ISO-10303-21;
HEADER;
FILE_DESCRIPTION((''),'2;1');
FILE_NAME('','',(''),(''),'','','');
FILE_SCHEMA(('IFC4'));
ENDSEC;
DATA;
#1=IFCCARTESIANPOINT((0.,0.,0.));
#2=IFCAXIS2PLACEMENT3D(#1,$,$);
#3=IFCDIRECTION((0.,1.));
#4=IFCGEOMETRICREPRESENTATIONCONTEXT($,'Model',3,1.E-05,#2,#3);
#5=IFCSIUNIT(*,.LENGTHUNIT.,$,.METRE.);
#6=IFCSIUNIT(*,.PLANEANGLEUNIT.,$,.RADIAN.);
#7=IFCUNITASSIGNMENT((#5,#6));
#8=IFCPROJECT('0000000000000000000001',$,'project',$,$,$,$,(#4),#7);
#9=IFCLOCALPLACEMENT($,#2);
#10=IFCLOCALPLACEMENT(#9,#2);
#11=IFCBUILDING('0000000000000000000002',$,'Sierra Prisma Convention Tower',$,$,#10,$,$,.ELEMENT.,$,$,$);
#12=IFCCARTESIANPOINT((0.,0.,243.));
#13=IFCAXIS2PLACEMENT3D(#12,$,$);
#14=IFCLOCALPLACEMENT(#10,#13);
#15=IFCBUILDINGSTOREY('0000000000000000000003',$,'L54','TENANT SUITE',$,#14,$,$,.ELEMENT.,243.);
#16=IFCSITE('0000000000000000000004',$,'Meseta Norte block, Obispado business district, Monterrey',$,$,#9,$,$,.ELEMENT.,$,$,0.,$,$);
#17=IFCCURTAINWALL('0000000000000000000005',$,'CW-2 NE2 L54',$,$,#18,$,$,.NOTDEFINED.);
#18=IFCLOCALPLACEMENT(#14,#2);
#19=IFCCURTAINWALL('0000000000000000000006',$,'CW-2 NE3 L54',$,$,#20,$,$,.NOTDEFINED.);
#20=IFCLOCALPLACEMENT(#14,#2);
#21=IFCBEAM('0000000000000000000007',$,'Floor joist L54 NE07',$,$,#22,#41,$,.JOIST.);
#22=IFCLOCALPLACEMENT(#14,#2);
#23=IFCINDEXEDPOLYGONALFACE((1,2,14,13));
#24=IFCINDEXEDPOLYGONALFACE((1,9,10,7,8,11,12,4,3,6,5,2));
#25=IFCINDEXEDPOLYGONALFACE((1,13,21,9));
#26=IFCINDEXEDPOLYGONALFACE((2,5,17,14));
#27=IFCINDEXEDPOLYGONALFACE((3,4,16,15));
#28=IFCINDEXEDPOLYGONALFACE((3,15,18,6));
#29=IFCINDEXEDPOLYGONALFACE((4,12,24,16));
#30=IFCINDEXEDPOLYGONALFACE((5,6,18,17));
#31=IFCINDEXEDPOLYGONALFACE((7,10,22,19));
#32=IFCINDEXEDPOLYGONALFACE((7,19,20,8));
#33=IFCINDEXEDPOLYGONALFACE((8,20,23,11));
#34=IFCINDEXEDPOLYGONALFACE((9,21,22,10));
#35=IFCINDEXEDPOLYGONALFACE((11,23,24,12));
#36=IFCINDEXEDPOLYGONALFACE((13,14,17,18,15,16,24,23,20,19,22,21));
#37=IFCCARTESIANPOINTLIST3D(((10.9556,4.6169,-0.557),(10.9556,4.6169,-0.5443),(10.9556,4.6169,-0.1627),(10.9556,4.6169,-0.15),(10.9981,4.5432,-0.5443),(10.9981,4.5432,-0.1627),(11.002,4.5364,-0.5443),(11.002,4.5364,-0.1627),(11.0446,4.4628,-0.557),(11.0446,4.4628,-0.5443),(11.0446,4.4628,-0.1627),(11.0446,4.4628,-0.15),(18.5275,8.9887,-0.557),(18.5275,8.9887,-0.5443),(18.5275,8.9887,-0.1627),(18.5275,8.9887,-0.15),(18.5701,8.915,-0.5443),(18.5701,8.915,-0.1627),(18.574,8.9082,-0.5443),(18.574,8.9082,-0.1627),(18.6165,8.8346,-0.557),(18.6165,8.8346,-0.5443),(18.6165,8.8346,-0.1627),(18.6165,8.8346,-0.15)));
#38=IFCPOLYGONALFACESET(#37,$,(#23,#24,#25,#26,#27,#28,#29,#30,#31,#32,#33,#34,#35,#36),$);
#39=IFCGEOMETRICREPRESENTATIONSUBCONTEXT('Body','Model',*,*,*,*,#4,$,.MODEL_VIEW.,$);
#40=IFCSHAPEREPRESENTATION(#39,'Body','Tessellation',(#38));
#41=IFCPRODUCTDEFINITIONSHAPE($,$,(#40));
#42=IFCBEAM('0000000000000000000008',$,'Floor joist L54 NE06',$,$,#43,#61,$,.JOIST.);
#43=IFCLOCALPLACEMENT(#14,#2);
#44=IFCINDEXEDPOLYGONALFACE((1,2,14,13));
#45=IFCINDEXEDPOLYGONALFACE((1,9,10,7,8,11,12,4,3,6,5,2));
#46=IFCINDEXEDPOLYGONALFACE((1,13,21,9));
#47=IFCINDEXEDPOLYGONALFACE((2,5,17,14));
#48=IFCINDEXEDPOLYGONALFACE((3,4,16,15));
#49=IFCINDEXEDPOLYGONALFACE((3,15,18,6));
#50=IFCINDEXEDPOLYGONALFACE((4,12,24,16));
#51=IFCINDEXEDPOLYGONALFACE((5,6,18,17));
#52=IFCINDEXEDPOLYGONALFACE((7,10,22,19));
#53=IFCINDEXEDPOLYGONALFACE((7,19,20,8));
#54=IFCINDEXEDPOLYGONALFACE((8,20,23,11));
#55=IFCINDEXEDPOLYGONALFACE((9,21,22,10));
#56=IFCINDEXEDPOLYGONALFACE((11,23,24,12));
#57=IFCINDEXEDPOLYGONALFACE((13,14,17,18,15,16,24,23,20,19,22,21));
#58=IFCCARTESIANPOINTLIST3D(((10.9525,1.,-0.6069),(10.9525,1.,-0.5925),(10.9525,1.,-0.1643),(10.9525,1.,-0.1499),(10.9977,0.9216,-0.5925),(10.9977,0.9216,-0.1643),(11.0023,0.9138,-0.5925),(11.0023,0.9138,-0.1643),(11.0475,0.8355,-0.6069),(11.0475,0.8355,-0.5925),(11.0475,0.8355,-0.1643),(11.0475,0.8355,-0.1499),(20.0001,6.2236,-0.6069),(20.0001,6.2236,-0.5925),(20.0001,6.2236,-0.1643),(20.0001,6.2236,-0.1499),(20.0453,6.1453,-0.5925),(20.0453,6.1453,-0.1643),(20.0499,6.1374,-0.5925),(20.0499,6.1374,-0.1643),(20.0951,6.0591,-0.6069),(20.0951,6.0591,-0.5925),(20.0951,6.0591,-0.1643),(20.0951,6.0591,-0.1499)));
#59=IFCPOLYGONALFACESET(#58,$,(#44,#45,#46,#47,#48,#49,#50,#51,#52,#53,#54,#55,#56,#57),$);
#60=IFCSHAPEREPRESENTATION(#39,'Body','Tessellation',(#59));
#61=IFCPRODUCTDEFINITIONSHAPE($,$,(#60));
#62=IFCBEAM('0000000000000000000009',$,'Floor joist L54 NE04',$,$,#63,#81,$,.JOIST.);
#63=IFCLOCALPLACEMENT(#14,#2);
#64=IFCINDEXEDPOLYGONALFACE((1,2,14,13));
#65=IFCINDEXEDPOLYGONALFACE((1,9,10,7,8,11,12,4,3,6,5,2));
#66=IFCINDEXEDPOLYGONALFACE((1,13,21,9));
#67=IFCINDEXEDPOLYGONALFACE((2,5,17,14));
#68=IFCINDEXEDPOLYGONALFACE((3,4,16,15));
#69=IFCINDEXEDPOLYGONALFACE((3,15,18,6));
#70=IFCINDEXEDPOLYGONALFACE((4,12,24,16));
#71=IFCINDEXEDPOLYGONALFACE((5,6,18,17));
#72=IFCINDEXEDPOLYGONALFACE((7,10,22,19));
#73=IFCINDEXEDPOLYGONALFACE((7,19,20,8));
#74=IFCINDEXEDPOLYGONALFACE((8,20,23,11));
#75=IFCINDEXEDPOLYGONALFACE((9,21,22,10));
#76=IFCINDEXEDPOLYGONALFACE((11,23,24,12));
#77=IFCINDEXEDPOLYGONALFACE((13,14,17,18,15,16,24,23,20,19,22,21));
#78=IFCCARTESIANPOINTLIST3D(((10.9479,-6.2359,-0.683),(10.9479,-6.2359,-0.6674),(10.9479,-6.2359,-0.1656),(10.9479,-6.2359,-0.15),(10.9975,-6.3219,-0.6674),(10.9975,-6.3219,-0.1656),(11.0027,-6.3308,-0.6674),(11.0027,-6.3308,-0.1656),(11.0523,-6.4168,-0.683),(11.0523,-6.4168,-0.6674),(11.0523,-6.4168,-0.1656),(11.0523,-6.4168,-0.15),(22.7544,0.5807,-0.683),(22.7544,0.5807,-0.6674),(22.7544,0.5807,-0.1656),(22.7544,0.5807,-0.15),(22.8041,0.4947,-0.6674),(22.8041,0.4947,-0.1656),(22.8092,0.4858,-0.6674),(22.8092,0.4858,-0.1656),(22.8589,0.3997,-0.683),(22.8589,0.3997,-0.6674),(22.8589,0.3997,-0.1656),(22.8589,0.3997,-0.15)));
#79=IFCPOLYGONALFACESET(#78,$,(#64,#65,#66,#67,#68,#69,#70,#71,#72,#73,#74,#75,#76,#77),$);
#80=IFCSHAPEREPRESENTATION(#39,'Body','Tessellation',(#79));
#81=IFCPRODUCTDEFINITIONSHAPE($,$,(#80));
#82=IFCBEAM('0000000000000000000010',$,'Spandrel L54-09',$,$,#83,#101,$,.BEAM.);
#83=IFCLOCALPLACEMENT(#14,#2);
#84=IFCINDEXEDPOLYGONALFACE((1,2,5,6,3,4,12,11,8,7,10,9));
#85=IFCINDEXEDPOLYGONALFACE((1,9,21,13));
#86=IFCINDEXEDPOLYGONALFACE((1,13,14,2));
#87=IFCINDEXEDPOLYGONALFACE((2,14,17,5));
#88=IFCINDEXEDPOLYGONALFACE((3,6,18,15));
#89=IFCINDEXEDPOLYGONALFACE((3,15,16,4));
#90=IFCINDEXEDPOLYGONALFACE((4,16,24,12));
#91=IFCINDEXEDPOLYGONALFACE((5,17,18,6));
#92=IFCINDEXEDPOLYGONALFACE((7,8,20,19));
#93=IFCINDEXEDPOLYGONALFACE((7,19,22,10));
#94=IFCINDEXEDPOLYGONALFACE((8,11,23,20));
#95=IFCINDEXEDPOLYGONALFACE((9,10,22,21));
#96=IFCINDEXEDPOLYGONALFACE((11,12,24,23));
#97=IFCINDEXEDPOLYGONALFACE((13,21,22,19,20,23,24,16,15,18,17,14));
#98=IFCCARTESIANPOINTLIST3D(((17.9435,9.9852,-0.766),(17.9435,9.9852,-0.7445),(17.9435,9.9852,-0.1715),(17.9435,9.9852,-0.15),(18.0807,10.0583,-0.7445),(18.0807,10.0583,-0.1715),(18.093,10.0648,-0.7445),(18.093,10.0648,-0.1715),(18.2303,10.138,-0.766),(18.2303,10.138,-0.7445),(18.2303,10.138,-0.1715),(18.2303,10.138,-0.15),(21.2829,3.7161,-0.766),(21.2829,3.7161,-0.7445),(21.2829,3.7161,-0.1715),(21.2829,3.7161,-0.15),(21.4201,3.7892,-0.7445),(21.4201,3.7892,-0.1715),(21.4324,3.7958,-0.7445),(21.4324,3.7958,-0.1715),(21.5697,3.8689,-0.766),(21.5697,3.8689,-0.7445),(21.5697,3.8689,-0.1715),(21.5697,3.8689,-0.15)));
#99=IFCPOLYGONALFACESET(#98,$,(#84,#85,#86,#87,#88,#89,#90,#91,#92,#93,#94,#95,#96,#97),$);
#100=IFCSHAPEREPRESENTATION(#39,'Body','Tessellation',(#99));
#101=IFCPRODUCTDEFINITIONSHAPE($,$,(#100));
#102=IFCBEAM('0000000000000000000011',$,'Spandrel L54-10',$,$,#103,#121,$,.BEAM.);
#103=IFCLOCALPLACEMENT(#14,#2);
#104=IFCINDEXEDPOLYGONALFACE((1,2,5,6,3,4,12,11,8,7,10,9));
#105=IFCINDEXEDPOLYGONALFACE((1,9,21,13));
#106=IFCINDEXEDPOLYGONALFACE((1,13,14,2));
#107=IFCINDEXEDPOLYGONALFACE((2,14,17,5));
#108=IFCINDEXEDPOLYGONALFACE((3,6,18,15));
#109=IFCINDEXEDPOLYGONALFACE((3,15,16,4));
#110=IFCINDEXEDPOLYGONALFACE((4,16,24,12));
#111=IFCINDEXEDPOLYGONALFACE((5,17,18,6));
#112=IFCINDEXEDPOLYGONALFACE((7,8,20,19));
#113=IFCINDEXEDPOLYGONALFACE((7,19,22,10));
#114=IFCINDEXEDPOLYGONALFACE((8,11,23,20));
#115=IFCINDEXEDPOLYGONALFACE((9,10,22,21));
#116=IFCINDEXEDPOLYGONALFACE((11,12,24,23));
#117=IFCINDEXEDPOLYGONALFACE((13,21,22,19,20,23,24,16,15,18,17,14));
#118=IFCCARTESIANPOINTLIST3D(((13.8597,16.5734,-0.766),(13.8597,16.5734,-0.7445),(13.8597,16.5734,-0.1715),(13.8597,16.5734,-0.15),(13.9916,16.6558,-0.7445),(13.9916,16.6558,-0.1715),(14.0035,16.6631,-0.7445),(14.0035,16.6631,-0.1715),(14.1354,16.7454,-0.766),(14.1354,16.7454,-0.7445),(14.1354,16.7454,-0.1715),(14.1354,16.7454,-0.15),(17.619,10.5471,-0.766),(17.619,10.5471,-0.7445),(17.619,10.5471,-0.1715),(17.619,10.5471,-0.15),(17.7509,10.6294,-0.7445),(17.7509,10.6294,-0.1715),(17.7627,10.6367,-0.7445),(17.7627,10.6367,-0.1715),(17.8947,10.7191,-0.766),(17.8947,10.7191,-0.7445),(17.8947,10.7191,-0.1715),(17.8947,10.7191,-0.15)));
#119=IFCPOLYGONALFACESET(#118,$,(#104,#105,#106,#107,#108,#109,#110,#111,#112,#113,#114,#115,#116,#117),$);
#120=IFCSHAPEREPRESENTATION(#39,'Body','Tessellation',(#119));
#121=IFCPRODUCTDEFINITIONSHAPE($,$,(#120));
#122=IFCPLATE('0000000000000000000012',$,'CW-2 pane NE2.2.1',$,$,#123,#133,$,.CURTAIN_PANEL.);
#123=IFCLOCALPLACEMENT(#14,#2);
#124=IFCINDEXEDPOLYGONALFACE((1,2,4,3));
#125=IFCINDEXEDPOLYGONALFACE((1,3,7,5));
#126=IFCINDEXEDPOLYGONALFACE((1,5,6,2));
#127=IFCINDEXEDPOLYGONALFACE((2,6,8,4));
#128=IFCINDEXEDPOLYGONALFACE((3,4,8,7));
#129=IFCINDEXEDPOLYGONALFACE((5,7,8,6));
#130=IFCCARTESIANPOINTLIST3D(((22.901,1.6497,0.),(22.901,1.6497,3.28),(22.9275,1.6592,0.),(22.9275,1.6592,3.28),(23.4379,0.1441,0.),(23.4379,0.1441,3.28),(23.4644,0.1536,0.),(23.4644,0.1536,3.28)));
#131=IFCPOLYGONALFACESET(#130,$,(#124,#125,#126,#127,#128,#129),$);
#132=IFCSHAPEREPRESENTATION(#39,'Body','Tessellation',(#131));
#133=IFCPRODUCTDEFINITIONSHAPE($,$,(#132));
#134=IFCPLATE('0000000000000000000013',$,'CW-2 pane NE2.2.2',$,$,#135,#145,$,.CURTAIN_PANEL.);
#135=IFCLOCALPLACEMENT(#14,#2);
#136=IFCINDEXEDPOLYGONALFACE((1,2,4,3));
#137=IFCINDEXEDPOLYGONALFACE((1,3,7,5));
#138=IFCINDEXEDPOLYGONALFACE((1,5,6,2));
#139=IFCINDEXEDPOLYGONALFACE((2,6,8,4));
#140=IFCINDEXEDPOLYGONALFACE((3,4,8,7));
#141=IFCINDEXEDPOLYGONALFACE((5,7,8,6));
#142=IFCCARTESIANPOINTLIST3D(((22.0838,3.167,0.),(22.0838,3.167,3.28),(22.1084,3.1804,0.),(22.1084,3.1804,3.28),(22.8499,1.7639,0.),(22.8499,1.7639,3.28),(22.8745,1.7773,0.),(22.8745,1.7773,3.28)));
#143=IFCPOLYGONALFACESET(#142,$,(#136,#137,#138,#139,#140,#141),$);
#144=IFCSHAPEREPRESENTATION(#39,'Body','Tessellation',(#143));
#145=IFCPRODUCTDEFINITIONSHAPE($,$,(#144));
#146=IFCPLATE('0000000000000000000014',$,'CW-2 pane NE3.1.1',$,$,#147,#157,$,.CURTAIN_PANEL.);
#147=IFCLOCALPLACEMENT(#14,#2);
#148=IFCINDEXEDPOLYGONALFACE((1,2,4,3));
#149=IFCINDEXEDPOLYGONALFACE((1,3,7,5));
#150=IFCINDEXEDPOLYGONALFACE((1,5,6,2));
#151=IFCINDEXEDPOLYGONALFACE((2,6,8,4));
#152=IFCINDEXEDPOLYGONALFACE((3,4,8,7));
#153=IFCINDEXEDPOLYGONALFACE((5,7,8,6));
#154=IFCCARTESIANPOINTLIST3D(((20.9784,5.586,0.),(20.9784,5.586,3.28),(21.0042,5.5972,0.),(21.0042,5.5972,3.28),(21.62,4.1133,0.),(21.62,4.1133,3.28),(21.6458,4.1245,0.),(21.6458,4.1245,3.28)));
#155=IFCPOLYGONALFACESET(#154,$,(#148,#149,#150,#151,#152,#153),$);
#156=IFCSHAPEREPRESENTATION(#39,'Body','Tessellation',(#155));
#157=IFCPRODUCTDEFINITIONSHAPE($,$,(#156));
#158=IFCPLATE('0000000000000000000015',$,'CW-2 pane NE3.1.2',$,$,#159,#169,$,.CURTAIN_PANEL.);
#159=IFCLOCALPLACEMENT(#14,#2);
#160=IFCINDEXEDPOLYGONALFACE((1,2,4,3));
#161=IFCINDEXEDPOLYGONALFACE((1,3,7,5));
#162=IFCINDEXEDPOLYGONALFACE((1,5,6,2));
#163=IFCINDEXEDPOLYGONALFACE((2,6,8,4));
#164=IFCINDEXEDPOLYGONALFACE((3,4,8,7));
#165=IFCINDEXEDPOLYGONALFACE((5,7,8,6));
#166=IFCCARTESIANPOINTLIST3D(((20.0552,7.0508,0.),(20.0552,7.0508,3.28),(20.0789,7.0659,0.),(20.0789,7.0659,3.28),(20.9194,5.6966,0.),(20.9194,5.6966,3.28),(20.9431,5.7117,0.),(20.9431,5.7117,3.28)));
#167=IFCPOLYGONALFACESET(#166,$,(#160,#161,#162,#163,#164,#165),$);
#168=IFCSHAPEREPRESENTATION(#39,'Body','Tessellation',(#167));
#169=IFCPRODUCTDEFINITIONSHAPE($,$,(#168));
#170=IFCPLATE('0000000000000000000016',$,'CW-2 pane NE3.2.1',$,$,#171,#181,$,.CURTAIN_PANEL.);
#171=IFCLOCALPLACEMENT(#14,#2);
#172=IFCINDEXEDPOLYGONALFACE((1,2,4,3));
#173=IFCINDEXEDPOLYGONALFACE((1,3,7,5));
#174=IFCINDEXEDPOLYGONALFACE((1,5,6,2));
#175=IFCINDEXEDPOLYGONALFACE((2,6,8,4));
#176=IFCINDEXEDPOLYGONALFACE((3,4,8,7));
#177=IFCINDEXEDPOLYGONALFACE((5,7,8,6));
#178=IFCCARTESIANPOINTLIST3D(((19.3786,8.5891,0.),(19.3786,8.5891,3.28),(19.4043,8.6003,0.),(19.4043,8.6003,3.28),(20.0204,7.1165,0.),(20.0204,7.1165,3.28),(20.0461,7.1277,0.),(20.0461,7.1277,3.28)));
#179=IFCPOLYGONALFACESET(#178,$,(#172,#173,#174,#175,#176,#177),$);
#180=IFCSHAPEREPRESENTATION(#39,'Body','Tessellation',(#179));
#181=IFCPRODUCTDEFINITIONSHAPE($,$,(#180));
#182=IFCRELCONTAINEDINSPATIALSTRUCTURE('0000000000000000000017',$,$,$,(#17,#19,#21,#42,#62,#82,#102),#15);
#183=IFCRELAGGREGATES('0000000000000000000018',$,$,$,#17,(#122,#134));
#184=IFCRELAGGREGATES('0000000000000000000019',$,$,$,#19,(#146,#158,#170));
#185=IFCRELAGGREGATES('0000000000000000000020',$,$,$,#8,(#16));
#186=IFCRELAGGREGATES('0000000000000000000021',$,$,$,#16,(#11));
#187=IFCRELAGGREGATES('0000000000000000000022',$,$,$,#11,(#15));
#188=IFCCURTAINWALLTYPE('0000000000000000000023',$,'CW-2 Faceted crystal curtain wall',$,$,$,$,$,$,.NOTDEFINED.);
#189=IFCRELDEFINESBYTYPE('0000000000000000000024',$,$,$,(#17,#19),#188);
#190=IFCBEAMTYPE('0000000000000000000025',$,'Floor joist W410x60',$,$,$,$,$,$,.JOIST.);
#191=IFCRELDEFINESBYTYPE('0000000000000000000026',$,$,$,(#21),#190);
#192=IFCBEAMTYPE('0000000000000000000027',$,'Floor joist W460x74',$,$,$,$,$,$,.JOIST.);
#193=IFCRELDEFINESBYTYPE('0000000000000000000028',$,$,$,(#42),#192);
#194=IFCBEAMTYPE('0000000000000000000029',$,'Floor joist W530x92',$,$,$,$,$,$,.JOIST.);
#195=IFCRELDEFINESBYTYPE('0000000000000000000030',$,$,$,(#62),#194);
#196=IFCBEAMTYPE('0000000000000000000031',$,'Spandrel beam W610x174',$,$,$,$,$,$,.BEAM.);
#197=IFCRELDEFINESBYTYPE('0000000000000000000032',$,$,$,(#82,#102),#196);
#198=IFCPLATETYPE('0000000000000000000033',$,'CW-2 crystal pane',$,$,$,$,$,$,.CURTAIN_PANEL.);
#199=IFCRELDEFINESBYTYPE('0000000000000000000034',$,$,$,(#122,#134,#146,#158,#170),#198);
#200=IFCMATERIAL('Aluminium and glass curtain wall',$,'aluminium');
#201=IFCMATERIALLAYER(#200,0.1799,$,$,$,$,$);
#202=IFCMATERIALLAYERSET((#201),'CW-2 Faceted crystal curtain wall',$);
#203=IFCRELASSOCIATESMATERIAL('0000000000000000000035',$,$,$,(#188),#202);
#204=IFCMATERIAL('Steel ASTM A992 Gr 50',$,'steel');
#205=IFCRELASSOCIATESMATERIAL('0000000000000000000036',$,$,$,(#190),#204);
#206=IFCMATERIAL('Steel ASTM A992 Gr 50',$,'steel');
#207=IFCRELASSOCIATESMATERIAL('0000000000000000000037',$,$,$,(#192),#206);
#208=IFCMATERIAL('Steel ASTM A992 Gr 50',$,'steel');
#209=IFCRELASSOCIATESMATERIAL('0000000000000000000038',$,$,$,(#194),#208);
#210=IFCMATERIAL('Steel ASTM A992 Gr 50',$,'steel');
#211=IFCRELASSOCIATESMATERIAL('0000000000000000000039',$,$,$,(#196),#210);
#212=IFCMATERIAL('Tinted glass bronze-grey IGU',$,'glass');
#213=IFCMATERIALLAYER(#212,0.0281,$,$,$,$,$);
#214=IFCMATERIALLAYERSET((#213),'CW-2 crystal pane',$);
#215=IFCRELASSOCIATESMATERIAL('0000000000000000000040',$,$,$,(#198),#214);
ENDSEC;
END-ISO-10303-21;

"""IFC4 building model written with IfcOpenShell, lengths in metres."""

from ifc_helpers import new_model, si_unit, direction, frame, origin, origin_2d, place, context, subcontext, project, spatial, polyline, i_section, outline, extrude, material, layer, layer_set, material_profile, profile_set, type_object, element, aggregate, save


model = new_model("IFC4")

# Units and contexts
model_context = context("Model", 3, precision=1e-05, world=origin(), true_north=direction((0.0, 1.0)))
body_context = subcontext(model_context, "Body", "Model", "MODEL_VIEW")
ifc_project = project(units=[si_unit("LENGTHUNIT", "METRE"), si_unit("PLANEANGLEUNIT", "RADIAN")], contexts=[model_context])

# Site, building, storey
site_placement = place(None, origin())
site = spatial("IfcSite", under=ifc_project, at=site_placement, Name="Meseta Norte block, Obispado business district, Monterrey", CompositionType="ELEMENT", RefElevation=0.0)
building_placement = place(site_placement, origin())
building = spatial("IfcBuilding", under=site, at=building_placement, Name="Sierra Prisma Convention Tower", CompositionType="ELEMENT")
storey_placement = place(building_placement, frame((0.0, 0.0, 243.0)))
storey = spatial("IfcBuildingStorey", under=building, at=storey_placement, Name="L54", Description="TENANT SUITE", CompositionType="ELEMENT", Elevation=243.0)

# Curtain wall
ifc_material_1 = material(Name="Aluminium and glass curtain wall", Category="aluminium")
ifc_layer_1 = layer(ifc_material_1, 0.1799)
ifc_layer_set_1 = layer_set([ifc_layer_1], Name="CW-2 Faceted crystal curtain wall")
curtain_wall_type = type_object("IfcCurtainWallType", Name="CW-2 Faceted crystal curtain wall", PredefinedType="NOTDEFINED", material=ifc_layer_set_1)
curtain_wall_1_placement = place(storey_placement, origin())
curtain_wall_1 = element("IfcCurtainWall", 1, at=curtain_wall_1_placement, inside=storey, type_object=curtain_wall_type, Name="CW-2 NE2 L54", PredefinedType="NOTDEFINED")

# Curtain wall
curtain_wall_2_placement = place(storey_placement, origin())
curtain_wall_2 = element("IfcCurtainWall", 2, at=curtain_wall_2_placement, inside=storey, type_object=curtain_wall_type, Name="CW-2 NE3 L54", PredefinedType="NOTDEFINED")

# Beams
ifc_material_2 = material(Name="Steel ASTM A992 Gr 50", Category="steel")
ifc_material_profile_1 = material_profile(ifc_material_2, i_section(OverallWidth=0.178, OverallDepth=0.407, WebThickness=0.0078, FlangeThickness=0.0127, at=origin_2d()), Name="W410x60")
ifc_profile_set_1 = profile_set([ifc_material_profile_1], Name="Steel ASTM A992 Gr 50")
beam_type_1 = type_object("IfcBeamType", Name="Floor joist W410x60", PredefinedType="JOIST", material=ifc_profile_set_1)
beam_1_placement = place(storey_placement, frame((18.572, 8.9116, -0.3535), z_axis=(-0.86602, -0.50001, 0.0), x_axis=(0.50001, -0.86602, 0.0)))
element("IfcBeam", 3, at=beam_1_placement, inside=storey, type_object=beam_type_1, Name="Floor joist L54 NE07", PredefinedType="JOIST", context=body_context, shape_type="SweptSolid", body=[
    extrude(i_section(OverallWidth=0.178, OverallDepth=0.407, WebThickness=0.0078, FlangeThickness=0.0127, at=origin_2d()), origin(), (0.0, 0.0, 1.0), 8.7434),
])
ifc_material_3 = material(Name="Steel ASTM A992 Gr 50", Category="steel")
ifc_material_profile_2 = material_profile(ifc_material_3, i_section(OverallWidth=0.1899, OverallDepth=0.457, WebThickness=0.009, FlangeThickness=0.0144, at=origin_2d()), Name="W460x74")
ifc_profile_set_2 = profile_set([ifc_material_profile_2], Name="Steel ASTM A992 Gr 50")
beam_type_2 = type_object("IfcBeamType", Name="Floor joist W460x74", PredefinedType="JOIST", material=ifc_profile_set_2)
beam_2_placement = place(storey_placement, frame((20.0476, 6.1414, -0.3784), z_axis=(-0.866026, -0.5, 0.0), x_axis=(0.5, -0.866026, 0.0)))
element("IfcBeam", 4, at=beam_2_placement, inside=storey, type_object=beam_type_2, Name="Floor joist L54 NE06", PredefinedType="JOIST", context=body_context, shape_type="SweptSolid", body=[
    extrude(i_section(OverallWidth=0.1899, OverallDepth=0.457, WebThickness=0.009, FlangeThickness=0.0144, at=origin_2d()), origin(), (0.0, 0.0, 1.0), 10.4473),
])
ifc_material_4 = material(Name="Steel ASTM A992 Gr 50", Category="steel")
ifc_material_profile_3 = material_profile(ifc_material_4, i_section(OverallWidth=0.209, OverallDepth=0.533, WebThickness=0.0103, FlangeThickness=0.0156, at=origin_2d()), Name="W530x92")
ifc_profile_set_3 = profile_set([ifc_material_profile_3], Name="Steel ASTM A992 Gr 50")
beam_type_3 = type_object("IfcBeamType", Name="Floor joist W530x92", PredefinedType="JOIST", material=ifc_profile_set_3)
beam_3_placement = place(storey_placement, frame((22.8066, 0.4902, -0.4165), z_axis=(-0.866023, -0.500005, 0.0), x_axis=(0.500005, -0.866023, 0.0)))
element("IfcBeam", 5, at=beam_3_placement, inside=storey, type_object=beam_type_3, Name="Floor joist L54 NE04", PredefinedType="JOIST", context=body_context, shape_type="SweptSolid", body=[
    extrude(i_section(OverallWidth=0.209, OverallDepth=0.533, WebThickness=0.0103, FlangeThickness=0.0156, at=origin_2d()), origin(), (0.0, 0.0, 1.0), 13.6331),
])
ifc_material_5 = material(Name="Steel ASTM A992 Gr 50", Category="steel")
ifc_material_profile_4 = material_profile(ifc_material_5, i_section(OverallWidth=0.325, OverallDepth=0.616, WebThickness=0.0139, FlangeThickness=0.0215, at=origin_2d()), Name="W610x174")
ifc_profile_set_4 = profile_set([ifc_material_profile_4], Name="Steel ASTM A992 Gr 50")
beam_type_4 = type_object("IfcBeamType", Name="Spandrel beam W610x174", PredefinedType="BEAM", material=ifc_profile_set_4)
beam_4_placement = place(storey_placement, frame((21.4263, 3.7925, -0.458), z_axis=(-0.470135, 0.882594, 0.0), x_axis=(-0.882594, -0.470135, 0.0)))
element("IfcBeam", 6, at=beam_4_placement, inside=storey, type_object=beam_type_4, Name="Spandrel L54-09", PredefinedType="BEAM", context=body_context, shape_type="SweptSolid", body=[
    extrude(i_section(OverallWidth=0.325, OverallDepth=0.616, WebThickness=0.0139, FlangeThickness=0.0215, at=origin_2d()), origin(), (0.0, 0.0, 1.0), 7.103),
])
beam_5_placement = place(storey_placement, frame((17.7568, 10.6331, -0.458), z_axis=(-0.52927, 0.848454, 0.0), x_axis=(-0.848454, -0.52927, 0.0)))
element("IfcBeam", 7, at=beam_5_placement, inside=storey, type_object=beam_type_4, Name="Spandrel L54-10", PredefinedType="BEAM", context=body_context, shape_type="SweptSolid", body=[
    extrude(i_section(OverallWidth=0.325, OverallDepth=0.616, WebThickness=0.0139, FlangeThickness=0.0215, at=origin_2d()), origin(), (0.0, 0.0, 1.0), 7.1028),
])

# Plates
ifc_material_6 = material(Name="Tinted glass bronze-grey IGU", Category="glass")
ifc_layer_2 = layer(ifc_material_6, 0.0281)
ifc_layer_set_2 = layer_set([ifc_layer_2], Name="CW-2 crystal pane")
plate_type = type_object("IfcPlateType", Name="CW-2 crystal pane", PredefinedType="CURTAIN_PANEL", material=ifc_layer_set_2)
plate_1_placement = place(storey_placement, frame((23.4644, 0.1536, 0.0), z_axis=(0.941911, 0.335862, 0.0), x_axis=(-0.335862, 0.941911, 0.0)))
plate_1 = element("IfcPlate", 8, at=plate_1_placement, type_object=plate_type, Name="CW-2 pane NE2.2.1", PredefinedType="CURTAIN_PANEL", context=body_context, shape_type="SweptSolid", body=[
    extrude(outline(polyline([(0.0, 0.0), (1.5985, 0.0), (1.5985, 3.28), (0.0, 3.28), (0.0, 0.0)])), origin(), (0.0, 0.0, -1.0), 0.0281),
])
plate_2_placement = place(storey_placement, frame((22.1084, 3.1804, 0.0), z_axis=(0.877685, 0.479237, 0.0), x_axis=(0.479237, -0.877685, 0.0)))
plate_2 = element("IfcPlate", 9, at=plate_2_placement, type_object=plate_type, Name="CW-2 pane NE2.2.2", PredefinedType="CURTAIN_PANEL", context=body_context, shape_type="SweptSolid", body=[
    extrude(outline(polyline([(0.0, 0.0), (1.5986, 0.0), (1.5986, -3.28), (0.0, -3.28), (0.0, 0.0)])), origin(), (0.0, 0.0, -1.0), 0.0281),
])
aggregate(curtain_wall_1, [plate_1, plate_2])
plate_3_placement = place(storey_placement, frame((21.6458, 4.1245, 0.0), z_axis=(0.91677, 0.399415, 0.0), x_axis=(-0.399415, 0.91677, 0.0)))
plate_3 = element("IfcPlate", 10, at=plate_3_placement, type_object=plate_type, Name="CW-2 pane NE3.1.1", PredefinedType="CURTAIN_PANEL", context=body_context, shape_type="SweptSolid", body=[
    extrude(outline(polyline([(0.0, 0.0), (1.6064, 0.0), (1.6064, 3.28), (0.0, 3.28), (0.0, 0.0)])), origin(), (0.0, 0.0, -1.0), 0.0281),
])
plate_4_placement = place(storey_placement, frame((20.0789, 7.0659, 0.0), z_axis=(0.842966, 0.537967, 0.0), x_axis=(0.537967, -0.842966, 0.0)))
plate_4 = element("IfcPlate", 11, at=plate_4_placement, type_object=plate_type, Name="CW-2 pane NE3.1.2", PredefinedType="CURTAIN_PANEL", context=body_context, shape_type="SweptSolid", body=[
    extrude(outline(polyline([(0.0, 0.0), (1.6065, 0.0), (1.6065, -3.28), (0.0, -3.28), (0.0, 0.0)])), origin(), (0.0, 0.0, -1.0), 0.0281),
])
plate_5_placement = place(storey_placement, frame((20.0461, 7.1277, 0.0), z_axis=(0.916715, 0.399543, 0.0), x_axis=(-0.399543, 0.916715, 0.0)))
plate_5 = element("IfcPlate", 12, at=plate_5_placement, type_object=plate_type, Name="CW-2 pane NE3.2.1", PredefinedType="CURTAIN_PANEL", context=body_context, shape_type="SweptSolid", body=[
    extrude(outline(polyline([(0.0, 0.0), (1.6065, 0.0), (1.6065, 3.28), (0.0, 3.28), (0.0, 0.0)])), origin(), (0.0, 0.0, -1.0), 0.0281),
])
aggregate(curtain_wall_2, [plate_3, plate_4, plate_5])

save(model, "model.ifc")
